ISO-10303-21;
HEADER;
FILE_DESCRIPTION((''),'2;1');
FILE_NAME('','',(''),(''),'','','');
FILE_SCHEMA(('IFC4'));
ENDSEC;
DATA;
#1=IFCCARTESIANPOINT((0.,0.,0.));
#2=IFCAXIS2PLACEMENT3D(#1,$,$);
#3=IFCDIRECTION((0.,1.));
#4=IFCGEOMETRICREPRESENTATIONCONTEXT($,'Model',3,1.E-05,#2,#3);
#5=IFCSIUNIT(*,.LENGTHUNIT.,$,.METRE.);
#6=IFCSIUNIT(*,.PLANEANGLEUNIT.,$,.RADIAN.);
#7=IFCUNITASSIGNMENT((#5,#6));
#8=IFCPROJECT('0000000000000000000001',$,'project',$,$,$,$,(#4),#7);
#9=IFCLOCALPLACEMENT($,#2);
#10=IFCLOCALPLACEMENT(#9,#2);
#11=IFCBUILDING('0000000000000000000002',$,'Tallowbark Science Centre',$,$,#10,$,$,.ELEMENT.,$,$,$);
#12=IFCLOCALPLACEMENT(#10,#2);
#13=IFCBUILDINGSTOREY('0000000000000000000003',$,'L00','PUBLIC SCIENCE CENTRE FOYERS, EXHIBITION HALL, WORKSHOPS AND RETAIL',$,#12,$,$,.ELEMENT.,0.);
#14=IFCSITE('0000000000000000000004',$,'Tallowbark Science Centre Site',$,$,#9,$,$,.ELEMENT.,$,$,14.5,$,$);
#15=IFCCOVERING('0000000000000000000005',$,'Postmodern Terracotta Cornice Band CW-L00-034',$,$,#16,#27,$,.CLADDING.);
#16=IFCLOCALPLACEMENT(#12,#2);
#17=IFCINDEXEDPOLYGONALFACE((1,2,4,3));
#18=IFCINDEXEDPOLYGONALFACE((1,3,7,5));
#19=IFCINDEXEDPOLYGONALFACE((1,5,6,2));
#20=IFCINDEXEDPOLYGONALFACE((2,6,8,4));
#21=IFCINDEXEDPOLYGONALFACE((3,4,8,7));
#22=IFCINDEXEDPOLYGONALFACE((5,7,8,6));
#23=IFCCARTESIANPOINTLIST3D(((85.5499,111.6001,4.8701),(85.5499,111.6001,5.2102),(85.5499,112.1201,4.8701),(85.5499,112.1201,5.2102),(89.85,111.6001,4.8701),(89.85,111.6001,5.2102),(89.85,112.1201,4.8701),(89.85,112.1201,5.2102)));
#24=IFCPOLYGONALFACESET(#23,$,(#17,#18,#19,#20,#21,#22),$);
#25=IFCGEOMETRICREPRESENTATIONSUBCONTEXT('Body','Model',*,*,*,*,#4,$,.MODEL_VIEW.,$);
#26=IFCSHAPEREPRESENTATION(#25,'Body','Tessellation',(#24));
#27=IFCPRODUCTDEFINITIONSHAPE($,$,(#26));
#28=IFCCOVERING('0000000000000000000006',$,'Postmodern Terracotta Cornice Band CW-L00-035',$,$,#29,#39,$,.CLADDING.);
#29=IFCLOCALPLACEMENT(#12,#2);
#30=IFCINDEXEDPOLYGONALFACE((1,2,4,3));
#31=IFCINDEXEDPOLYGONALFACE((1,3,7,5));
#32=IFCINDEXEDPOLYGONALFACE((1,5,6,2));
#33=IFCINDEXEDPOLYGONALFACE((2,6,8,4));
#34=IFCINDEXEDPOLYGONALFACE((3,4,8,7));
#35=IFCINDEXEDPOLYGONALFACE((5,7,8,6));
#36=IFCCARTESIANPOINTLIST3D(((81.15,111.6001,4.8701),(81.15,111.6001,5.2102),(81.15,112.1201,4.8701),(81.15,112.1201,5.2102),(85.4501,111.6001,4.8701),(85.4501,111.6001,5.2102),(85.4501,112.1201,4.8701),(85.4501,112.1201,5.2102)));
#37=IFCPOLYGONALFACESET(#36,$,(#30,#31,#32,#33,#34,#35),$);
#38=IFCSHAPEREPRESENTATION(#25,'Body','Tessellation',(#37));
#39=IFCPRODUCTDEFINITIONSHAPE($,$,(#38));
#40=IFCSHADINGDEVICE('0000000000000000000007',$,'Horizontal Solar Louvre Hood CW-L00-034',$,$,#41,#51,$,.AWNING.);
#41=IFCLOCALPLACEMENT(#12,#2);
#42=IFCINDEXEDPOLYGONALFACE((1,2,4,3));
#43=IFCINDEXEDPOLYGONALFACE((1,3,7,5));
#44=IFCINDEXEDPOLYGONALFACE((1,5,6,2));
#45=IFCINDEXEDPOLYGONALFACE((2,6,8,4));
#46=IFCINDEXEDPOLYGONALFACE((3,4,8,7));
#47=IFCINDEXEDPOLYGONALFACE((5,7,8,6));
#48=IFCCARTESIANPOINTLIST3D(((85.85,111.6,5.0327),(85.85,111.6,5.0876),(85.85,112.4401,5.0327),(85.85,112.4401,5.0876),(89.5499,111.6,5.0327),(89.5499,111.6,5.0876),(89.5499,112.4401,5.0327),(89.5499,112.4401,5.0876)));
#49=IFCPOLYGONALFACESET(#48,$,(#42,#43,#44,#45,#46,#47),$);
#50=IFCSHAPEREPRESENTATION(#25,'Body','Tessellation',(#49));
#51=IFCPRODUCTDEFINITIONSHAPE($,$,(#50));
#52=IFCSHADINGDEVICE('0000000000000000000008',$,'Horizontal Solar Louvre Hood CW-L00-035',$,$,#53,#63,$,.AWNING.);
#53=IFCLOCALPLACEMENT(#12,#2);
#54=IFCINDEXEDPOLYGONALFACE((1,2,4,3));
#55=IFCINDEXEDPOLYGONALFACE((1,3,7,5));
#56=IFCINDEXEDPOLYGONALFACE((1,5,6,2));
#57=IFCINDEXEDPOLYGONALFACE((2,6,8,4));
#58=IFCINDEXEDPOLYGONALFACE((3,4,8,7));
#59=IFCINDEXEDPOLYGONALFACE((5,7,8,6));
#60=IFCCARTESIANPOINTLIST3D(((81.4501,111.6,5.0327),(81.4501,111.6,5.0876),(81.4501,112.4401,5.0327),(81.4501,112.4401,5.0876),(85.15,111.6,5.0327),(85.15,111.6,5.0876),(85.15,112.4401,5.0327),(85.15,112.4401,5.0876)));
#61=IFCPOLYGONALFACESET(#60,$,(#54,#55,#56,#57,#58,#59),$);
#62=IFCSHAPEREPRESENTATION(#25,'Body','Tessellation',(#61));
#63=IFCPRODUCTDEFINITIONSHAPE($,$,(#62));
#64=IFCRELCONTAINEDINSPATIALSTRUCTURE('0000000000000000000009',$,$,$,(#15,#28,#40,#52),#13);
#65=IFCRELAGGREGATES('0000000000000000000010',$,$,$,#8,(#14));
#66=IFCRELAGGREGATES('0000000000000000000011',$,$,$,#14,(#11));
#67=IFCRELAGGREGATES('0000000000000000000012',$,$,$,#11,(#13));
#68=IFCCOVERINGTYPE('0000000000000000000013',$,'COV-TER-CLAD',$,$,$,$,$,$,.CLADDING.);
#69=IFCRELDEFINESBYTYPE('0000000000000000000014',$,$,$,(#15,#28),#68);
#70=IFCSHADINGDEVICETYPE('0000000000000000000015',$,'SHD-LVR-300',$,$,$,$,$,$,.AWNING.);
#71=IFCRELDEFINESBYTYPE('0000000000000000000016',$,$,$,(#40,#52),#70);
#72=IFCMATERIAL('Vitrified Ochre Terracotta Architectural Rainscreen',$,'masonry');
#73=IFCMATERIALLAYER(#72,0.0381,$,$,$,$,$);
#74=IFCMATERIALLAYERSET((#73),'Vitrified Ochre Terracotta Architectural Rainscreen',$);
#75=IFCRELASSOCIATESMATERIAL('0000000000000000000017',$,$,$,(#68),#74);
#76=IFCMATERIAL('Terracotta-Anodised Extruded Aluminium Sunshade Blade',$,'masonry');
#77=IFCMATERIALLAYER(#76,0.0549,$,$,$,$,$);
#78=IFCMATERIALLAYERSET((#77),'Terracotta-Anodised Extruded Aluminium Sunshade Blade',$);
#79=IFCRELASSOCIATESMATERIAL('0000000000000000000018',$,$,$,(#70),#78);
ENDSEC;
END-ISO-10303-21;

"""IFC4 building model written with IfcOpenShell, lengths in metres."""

from ifc_helpers import new_model, si_unit, direction, frame, origin, origin_2d, place, context, subcontext, project, spatial, rectangle, extrude, material, layer, layer_set, type_object, element, save


model = new_model("IFC4")

# Units and contexts
model_context = context("Model", 3, precision=1e-05, world=origin(), true_north=direction((0.0, 1.0)))
body_context = subcontext(model_context, "Body", "Model", "MODEL_VIEW")
ifc_project = project(units=[si_unit("LENGTHUNIT", "METRE"), si_unit("PLANEANGLEUNIT", "RADIAN")], contexts=[model_context])

# Site, building, storey
site_placement = place(None, origin())
site = spatial("IfcSite", under=ifc_project, at=site_placement, Name="Tallowbark Science Centre Site", CompositionType="ELEMENT", RefElevation=14.5)
building_placement = place(site_placement, origin())
building = spatial("IfcBuilding", under=site, at=building_placement, Name="Tallowbark Science Centre", CompositionType="ELEMENT")
storey_placement = place(building_placement, origin())
storey = spatial("IfcBuildingStorey", under=building, at=storey_placement, Name="L00", Description="PUBLIC SCIENCE CENTRE FOYERS, EXHIBITION HALL, WORKSHOPS AND RETAIL", CompositionType="ELEMENT", Elevation=0.0)

# Coverings
ifc_material_1 = material(Name="Vitrified Ochre Terracotta Architectural Rainscreen", Category="masonry")
ifc_layer_1 = layer(ifc_material_1, 0.0381)
ifc_layer_set_1 = layer_set([ifc_layer_1], Name="Vitrified Ochre Terracotta Architectural Rainscreen")
covering_type_1 = type_object("IfcCoveringType", Name="COV-TER-CLAD", PredefinedType="CLADDING", material=ifc_layer_set_1)
for number, where, z_axis, x_axis, name in (
    (1, (87.7, 111.8601, 4.8701), (0.0, 0.0, 1.0), (-1.0, 0.0, 0.0), "Postmodern Terracotta Cornice Band CW-L00-034"),
    (2, (83.3, 111.8601, 4.8701), (0.0, 0.0, 1.0), (-1.0, 0.0, 0.0), "Postmodern Terracotta Cornice Band CW-L00-035"),
):
    element("IfcCovering", number, at=place(storey_placement, frame(where, z_axis=z_axis, x_axis=x_axis)), inside=storey, type_object=covering_type_1, Name=name, PredefinedType="CLADDING", context=body_context, shape_type="SweptSolid", body=[
        extrude(rectangle(XDim=4.3, YDim=0.52, at=origin_2d()), origin(), (0.0, 0.0, 1.0), 0.3401),
    ])

# Shading devices
ifc_material_2 = material(Name="Terracotta-Anodised Extruded Aluminium Sunshade Blade", Category="masonry")
ifc_layer_2 = layer(ifc_material_2, 0.0549)
ifc_layer_set_2 = layer_set([ifc_layer_2], Name="Terracotta-Anodised Extruded Aluminium Sunshade Blade")
shading_device_type = type_object("IfcShadingDeviceType", Name="SHD-LVR-300", PredefinedType="AWNING", material=ifc_layer_set_2)
for number, where, z_axis, x_axis, name in (
    (3, (87.7, 112.02, 5.0327), (0.0, 0.0, 1.0), (-1.0, 0.0, 0.0), "Horizontal Solar Louvre Hood CW-L00-034"),
    (4, (83.3, 112.02, 5.0327), (0.0, 0.0, 1.0), (-1.0, 0.0, 0.0), "Horizontal Solar Louvre Hood CW-L00-035"),
):
    element("IfcShadingDevice", number, at=place(storey_placement, frame(where, z_axis=z_axis, x_axis=x_axis)), inside=storey, type_object=shading_device_type, Name=name, PredefinedType="AWNING", context=body_context, shape_type="SweptSolid", body=[
        extrude(rectangle(XDim=3.7, YDim=0.8401, at=origin_2d()), origin(), (0.0, 0.0, 1.0), 0.0549),
    ])

save(model, "model.ifc")
